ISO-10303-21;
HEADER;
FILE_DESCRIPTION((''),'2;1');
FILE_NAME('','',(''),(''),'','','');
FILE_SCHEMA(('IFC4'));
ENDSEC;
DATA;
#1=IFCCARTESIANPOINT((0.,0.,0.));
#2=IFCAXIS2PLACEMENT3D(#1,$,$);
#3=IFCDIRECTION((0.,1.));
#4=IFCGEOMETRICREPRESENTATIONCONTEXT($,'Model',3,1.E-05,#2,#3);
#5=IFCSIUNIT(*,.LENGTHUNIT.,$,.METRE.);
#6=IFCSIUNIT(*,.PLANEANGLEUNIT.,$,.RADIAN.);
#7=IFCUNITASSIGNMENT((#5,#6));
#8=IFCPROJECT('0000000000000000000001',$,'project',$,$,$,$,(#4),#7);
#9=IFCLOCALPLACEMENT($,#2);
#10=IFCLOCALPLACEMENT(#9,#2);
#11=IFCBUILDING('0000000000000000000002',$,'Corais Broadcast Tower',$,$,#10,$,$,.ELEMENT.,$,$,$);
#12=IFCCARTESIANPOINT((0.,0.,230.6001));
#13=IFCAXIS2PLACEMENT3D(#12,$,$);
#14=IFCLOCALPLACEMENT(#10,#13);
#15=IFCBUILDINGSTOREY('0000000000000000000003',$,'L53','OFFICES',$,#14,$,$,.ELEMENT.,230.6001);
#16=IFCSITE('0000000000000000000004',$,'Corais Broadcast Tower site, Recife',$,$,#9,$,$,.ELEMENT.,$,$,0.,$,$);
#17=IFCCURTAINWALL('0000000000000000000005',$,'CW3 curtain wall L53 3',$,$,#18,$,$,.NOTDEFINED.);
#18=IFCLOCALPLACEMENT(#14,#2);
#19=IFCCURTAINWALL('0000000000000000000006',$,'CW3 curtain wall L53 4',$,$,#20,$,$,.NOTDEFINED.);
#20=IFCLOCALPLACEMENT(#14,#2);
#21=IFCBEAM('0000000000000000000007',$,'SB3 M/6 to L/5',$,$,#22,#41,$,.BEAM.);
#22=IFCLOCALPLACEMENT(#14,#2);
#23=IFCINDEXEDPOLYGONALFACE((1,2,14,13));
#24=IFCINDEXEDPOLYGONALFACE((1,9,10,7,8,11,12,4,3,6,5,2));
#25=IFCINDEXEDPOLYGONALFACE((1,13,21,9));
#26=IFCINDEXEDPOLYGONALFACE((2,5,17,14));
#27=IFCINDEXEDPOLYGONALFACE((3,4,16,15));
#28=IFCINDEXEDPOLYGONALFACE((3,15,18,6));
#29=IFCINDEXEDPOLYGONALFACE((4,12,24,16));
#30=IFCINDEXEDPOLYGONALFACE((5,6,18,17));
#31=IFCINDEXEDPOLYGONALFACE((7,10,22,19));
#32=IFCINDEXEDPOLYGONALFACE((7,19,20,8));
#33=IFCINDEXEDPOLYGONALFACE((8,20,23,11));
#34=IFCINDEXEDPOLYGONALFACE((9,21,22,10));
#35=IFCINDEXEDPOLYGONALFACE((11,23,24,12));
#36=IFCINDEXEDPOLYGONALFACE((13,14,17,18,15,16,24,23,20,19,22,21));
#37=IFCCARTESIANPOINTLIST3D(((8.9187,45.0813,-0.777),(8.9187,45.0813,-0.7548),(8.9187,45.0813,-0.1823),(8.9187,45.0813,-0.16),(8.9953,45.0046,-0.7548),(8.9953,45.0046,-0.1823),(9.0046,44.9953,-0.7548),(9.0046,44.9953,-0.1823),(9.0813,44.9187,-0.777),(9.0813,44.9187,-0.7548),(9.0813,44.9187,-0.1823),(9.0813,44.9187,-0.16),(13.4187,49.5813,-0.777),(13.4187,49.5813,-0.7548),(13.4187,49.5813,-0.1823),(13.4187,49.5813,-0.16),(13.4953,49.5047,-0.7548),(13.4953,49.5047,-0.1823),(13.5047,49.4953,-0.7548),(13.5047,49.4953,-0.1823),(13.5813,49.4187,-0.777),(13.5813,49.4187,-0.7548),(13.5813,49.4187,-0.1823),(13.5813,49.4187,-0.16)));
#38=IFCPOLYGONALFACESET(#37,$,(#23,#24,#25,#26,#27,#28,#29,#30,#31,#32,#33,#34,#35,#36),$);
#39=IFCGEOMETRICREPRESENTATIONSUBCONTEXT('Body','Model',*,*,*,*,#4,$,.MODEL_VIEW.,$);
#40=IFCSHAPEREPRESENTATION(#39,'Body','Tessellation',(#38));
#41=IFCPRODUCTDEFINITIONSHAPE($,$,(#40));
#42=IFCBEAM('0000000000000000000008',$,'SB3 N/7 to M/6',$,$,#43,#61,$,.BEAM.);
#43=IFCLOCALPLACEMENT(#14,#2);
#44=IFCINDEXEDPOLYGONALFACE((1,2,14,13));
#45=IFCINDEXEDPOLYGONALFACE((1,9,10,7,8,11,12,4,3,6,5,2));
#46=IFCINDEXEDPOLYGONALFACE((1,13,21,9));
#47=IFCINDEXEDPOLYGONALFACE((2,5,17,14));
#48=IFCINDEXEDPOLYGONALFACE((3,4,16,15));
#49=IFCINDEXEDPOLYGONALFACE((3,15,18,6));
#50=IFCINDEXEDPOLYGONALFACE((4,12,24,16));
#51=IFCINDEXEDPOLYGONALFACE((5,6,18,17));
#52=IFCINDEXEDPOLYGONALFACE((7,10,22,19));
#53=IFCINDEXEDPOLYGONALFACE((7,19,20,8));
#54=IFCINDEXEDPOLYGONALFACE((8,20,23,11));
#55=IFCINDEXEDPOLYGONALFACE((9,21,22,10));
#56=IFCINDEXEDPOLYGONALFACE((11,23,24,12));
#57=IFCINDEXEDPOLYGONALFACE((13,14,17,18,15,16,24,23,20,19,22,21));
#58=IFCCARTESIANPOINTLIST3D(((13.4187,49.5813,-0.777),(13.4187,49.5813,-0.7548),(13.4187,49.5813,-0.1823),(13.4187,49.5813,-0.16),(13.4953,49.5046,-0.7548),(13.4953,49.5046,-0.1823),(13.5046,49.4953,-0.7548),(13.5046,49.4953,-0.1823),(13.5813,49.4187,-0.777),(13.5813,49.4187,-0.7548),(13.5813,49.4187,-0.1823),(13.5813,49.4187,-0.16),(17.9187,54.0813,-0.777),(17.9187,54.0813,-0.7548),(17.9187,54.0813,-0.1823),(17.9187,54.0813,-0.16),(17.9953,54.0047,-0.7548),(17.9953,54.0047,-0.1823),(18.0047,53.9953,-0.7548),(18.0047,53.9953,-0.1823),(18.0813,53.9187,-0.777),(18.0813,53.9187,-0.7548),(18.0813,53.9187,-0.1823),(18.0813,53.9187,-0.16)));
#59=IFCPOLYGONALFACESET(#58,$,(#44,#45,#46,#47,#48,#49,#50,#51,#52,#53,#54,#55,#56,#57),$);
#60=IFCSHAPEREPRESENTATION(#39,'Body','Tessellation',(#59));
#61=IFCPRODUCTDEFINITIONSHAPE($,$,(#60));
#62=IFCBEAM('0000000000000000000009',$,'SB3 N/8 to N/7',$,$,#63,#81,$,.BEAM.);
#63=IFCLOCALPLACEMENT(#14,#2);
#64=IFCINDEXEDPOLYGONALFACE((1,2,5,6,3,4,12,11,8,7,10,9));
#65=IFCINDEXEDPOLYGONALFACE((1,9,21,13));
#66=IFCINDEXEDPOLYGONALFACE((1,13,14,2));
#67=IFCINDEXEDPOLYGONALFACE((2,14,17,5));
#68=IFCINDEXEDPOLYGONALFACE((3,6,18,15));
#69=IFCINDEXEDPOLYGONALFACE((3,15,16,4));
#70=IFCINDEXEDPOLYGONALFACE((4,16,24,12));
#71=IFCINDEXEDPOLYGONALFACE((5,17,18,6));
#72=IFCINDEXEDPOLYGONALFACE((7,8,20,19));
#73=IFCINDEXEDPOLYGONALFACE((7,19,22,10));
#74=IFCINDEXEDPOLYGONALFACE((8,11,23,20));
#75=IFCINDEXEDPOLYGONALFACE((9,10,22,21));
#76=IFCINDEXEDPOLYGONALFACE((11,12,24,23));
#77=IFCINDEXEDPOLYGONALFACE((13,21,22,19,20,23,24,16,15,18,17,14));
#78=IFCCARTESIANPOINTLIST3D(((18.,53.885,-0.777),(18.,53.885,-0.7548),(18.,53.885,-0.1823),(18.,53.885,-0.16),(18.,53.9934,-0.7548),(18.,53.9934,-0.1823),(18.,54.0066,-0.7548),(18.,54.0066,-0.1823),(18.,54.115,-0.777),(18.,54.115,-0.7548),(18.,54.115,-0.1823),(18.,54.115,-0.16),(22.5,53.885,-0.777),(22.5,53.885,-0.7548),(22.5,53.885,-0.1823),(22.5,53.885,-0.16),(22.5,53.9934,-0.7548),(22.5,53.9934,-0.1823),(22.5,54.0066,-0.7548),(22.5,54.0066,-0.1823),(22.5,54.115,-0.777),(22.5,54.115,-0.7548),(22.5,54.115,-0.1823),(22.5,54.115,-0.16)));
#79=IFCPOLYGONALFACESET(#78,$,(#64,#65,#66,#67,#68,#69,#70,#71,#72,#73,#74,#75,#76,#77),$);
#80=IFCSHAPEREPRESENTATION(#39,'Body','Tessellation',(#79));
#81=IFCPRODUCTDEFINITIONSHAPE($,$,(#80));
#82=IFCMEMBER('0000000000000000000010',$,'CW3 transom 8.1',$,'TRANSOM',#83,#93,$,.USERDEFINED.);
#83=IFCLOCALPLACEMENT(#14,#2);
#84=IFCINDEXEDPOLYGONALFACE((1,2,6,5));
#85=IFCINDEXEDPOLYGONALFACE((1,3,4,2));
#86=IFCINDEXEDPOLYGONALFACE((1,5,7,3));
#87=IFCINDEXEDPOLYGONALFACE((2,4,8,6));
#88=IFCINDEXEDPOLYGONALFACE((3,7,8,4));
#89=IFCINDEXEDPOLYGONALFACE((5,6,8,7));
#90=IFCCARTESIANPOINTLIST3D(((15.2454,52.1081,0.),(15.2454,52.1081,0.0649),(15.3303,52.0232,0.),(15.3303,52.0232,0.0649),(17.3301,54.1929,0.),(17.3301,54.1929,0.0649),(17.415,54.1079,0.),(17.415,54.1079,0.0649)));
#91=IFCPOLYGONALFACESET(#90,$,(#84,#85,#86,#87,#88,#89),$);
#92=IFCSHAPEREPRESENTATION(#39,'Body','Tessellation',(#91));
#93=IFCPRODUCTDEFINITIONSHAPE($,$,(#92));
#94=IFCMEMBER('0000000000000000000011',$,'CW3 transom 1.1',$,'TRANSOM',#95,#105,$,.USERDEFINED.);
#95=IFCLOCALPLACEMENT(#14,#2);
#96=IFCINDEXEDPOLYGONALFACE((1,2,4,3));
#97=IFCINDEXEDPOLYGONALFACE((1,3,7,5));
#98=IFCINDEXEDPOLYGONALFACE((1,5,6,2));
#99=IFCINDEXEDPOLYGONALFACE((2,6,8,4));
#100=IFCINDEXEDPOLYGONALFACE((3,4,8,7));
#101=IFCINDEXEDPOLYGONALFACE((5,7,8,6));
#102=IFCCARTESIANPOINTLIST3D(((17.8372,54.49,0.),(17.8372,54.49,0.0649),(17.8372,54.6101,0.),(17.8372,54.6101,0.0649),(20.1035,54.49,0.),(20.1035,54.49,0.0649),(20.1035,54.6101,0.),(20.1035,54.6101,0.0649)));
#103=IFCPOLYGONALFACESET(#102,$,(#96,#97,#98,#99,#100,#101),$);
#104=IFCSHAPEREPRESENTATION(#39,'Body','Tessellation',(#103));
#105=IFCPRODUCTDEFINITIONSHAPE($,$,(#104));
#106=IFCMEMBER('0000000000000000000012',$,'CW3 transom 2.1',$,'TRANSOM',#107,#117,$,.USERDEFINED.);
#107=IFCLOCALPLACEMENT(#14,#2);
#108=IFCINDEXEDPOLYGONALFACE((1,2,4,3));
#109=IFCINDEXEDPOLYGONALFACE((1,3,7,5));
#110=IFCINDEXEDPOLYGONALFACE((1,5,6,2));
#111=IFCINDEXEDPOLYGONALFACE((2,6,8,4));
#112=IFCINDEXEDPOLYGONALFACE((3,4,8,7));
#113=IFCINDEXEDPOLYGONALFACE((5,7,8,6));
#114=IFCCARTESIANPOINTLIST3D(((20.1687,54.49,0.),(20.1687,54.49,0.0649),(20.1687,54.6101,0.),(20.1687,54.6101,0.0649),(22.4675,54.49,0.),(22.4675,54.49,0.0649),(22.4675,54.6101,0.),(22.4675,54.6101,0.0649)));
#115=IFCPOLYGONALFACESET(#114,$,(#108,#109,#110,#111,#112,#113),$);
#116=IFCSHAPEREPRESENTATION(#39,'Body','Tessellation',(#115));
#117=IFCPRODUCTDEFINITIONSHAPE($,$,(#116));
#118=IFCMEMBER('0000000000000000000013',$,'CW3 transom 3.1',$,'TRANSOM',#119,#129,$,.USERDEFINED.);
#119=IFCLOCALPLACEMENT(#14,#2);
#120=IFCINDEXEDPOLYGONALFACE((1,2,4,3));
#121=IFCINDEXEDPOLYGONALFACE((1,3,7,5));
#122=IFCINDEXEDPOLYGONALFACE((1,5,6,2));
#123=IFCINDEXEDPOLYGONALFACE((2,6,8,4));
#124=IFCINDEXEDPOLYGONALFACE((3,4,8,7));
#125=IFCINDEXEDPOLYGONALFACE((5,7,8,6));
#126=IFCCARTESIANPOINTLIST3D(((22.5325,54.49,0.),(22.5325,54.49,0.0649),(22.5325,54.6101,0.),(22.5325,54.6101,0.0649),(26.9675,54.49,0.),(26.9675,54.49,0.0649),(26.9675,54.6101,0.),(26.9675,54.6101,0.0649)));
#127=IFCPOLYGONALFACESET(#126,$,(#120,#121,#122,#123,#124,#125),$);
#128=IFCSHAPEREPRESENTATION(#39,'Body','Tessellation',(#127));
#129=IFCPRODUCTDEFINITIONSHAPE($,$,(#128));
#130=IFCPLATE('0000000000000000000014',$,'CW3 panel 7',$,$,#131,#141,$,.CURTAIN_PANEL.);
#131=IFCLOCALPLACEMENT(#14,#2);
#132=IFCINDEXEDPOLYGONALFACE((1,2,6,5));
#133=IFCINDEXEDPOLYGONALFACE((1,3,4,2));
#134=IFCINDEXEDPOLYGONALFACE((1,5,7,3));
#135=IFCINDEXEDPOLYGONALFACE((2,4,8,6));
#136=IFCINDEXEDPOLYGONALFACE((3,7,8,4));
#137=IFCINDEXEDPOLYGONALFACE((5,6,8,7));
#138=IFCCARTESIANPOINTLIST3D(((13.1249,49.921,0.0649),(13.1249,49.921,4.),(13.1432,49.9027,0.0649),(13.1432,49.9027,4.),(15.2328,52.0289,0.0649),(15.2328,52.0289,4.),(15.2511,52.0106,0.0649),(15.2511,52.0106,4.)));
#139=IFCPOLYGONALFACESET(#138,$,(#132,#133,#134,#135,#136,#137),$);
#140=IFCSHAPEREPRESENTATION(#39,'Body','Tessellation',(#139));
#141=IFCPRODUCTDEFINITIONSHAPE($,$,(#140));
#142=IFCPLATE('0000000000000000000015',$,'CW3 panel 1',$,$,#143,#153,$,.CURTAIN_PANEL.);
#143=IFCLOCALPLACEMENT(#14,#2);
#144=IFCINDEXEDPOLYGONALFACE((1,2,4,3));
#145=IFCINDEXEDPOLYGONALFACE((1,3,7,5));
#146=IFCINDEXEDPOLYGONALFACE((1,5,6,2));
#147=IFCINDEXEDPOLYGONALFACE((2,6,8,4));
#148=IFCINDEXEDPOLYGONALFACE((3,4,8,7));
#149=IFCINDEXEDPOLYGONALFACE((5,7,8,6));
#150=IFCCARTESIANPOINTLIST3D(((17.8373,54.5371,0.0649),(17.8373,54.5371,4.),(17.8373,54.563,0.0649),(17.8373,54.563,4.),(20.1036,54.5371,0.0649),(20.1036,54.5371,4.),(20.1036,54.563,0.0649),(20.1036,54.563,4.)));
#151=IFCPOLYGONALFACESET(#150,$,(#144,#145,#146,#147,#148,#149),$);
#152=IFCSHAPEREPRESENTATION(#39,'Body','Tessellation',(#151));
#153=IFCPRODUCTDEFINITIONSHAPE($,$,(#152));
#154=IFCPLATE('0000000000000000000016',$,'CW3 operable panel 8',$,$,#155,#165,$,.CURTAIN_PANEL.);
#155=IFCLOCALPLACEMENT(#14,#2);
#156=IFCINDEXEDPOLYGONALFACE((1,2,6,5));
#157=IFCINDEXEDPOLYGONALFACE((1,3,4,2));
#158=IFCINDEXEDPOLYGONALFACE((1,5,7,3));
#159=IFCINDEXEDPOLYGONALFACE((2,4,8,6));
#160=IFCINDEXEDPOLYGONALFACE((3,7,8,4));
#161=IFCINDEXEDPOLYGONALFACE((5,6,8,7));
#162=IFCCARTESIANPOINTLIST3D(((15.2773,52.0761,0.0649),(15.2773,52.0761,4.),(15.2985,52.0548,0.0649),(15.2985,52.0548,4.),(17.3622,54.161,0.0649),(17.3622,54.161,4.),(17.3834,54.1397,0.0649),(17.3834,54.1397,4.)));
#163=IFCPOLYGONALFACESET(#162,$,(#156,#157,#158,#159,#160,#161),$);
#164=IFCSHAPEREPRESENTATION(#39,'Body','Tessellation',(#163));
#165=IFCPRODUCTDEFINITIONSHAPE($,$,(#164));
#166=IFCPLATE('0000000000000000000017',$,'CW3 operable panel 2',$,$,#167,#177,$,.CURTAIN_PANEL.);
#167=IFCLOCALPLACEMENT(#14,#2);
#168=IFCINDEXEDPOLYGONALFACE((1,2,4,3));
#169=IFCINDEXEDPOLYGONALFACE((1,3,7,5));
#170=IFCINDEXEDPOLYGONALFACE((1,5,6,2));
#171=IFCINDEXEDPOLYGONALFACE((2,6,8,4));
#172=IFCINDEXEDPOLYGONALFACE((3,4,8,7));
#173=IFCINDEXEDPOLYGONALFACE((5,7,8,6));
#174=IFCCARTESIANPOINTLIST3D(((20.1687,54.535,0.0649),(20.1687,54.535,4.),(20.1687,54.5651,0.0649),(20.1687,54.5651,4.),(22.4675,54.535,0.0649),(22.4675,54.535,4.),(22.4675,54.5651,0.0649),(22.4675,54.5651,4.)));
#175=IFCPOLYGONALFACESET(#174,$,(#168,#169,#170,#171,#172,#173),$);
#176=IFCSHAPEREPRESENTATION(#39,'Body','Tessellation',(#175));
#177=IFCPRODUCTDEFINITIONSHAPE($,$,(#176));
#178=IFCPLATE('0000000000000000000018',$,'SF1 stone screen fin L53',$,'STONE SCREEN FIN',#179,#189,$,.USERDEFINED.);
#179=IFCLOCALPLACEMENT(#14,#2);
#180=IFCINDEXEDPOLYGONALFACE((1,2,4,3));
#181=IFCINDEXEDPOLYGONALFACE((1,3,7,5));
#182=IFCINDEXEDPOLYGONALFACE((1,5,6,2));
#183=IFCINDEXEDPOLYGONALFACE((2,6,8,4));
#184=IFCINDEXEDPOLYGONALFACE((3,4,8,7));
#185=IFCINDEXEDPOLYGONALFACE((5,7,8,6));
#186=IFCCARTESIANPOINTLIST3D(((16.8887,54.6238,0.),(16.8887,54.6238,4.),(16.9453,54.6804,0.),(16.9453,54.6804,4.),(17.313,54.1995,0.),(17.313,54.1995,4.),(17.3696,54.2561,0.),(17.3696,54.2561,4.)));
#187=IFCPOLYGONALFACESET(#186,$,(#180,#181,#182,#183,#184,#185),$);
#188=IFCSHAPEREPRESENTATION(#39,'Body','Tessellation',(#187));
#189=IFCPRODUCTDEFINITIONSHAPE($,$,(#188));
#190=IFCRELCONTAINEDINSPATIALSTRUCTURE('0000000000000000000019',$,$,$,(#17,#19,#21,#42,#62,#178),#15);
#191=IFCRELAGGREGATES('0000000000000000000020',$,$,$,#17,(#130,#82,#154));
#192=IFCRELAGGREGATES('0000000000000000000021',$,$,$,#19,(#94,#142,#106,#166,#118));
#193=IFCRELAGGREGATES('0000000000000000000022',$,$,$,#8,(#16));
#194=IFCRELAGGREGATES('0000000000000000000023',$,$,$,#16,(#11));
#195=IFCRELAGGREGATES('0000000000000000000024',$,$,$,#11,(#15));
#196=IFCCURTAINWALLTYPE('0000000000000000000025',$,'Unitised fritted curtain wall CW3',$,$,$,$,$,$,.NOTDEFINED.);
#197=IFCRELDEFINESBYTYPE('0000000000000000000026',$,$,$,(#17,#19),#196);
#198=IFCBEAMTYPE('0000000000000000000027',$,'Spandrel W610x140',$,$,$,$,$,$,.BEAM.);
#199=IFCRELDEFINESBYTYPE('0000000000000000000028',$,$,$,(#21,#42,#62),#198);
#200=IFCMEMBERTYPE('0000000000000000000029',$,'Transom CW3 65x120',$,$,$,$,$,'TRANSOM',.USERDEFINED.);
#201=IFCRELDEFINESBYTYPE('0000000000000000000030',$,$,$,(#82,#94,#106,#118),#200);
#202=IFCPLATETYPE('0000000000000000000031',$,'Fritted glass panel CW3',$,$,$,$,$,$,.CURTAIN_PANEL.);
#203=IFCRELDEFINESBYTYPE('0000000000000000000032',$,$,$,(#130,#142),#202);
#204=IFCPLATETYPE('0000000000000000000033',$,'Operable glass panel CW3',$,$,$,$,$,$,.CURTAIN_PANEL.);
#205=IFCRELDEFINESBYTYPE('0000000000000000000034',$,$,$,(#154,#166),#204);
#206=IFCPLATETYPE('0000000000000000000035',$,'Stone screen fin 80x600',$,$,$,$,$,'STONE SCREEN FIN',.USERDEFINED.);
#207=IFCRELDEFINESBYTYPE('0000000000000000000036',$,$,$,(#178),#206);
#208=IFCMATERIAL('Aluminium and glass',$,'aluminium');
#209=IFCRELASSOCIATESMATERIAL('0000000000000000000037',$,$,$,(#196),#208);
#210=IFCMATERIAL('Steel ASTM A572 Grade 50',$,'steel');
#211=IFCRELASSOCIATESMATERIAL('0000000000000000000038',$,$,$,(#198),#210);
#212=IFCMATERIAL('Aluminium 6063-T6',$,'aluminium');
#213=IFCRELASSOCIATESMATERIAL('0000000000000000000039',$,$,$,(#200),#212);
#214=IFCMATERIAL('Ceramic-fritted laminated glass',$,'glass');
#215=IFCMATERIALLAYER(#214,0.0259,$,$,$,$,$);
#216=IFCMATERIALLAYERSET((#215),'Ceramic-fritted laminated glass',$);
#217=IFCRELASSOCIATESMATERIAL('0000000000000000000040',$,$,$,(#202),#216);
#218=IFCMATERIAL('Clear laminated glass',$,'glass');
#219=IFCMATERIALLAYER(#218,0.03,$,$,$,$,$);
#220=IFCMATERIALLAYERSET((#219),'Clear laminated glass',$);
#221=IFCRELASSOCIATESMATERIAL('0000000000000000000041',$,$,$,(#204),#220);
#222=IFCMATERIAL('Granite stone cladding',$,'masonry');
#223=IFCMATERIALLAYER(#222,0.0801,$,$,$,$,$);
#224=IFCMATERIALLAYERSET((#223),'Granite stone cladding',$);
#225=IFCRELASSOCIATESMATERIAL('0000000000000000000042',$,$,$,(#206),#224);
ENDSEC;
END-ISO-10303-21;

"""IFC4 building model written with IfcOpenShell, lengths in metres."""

from ifc_helpers import new_model, si_unit, direction, frame, origin, origin_2d, place, context, subcontext, project, spatial, rectangle, i_section, extrude, material, layer, layer_set, material_profile, profile_set, type_object, element, aggregate, save


model = new_model("IFC4")

# Units and contexts
model_context = context("Model", 3, precision=1e-05, world=origin(), true_north=direction((0.0, 1.0)))
body_context = subcontext(model_context, "Body", "Model", "MODEL_VIEW")
ifc_project = project(units=[si_unit("LENGTHUNIT", "METRE"), si_unit("PLANEANGLEUNIT", "RADIAN")], contexts=[model_context])

# Site, building, storey
site_placement = place(None, origin())
site = spatial("IfcSite", under=ifc_project, at=site_placement, Name="Corais Broadcast Tower site, Recife", CompositionType="ELEMENT", RefElevation=0.0)
building_placement = place(site_placement, origin())
building = spatial("IfcBuilding", under=site, at=building_placement, Name="Corais Broadcast Tower", CompositionType="ELEMENT")
storey_placement = place(building_placement, frame((0.0, 0.0, 230.6001)))
storey = spatial("IfcBuildingStorey", under=building, at=storey_placement, Name="L53", Description="OFFICES", CompositionType="ELEMENT", Elevation=230.6001)

# Curtain walls
ifc_material_1 = material(Name="Aluminium and glass", Category="aluminium")
curtain_wall_type = type_object("IfcCurtainWallType", Name="Unitised fritted curtain wall CW3", PredefinedType="NOTDEFINED", material=ifc_material_1)
curtain_wall_1_placement = place(storey_placement, origin())
curtain_wall_1 = element("IfcCurtainWall", 1, at=curtain_wall_1_placement, inside=storey, type_object=curtain_wall_type, Name="CW3 curtain wall L53 3", PredefinedType="NOTDEFINED")
curtain_wall_2_placement = place(storey_placement, origin())
curtain_wall_2 = element("IfcCurtainWall", 2, at=curtain_wall_2_placement, inside=storey, type_object=curtain_wall_type, Name="CW3 curtain wall L53 4", PredefinedType="NOTDEFINED")

# Beams
ifc_material_2 = material(Name="Steel ASTM A572 Grade 50", Category="steel")
ifc_material_profile_1 = material_profile(ifc_material_2, i_section(OverallWidth=0.23, OverallDepth=0.6169, WebThickness=0.0132, FlangeThickness=0.0222, at=origin_2d()), Name="W610x140")
ifc_profile_set_1 = profile_set([ifc_material_profile_1], Name="Steel ASTM A572 Grade 50")
beam_type_1 = type_object("IfcBeamType", Name="Spandrel W610x140", PredefinedType="BEAM", material=ifc_profile_set_1)
for number, where, z_axis, x_axis, name in (
    (3, (13.5, 49.5, -0.4685), (-0.707107, -0.707107, 0.0), (0.707107, -0.707107, 0.0), "SB3 M/6 to L/5"),
    (4, (18.0, 54.0, -0.4685), (-0.707107, -0.707107, 0.0), (0.707107, -0.707107, 0.0), "SB3 N/7 to M/6"),
):
    element("IfcBeam", number, at=place(storey_placement, frame(where, z_axis=z_axis, x_axis=x_axis)), inside=storey, type_object=beam_type_1, Name=name, PredefinedType="BEAM", context=body_context, shape_type="SweptSolid", body=[
        extrude(i_section(OverallWidth=0.23, OverallDepth=0.6169, WebThickness=0.0132, FlangeThickness=0.0222, at=origin_2d()), origin(), (0.0, 0.0, 1.0), 6.364),
    ])
beam_1_placement = place(storey_placement, frame((22.5, 54.0, -0.4685), z_axis=(-1.0, 0.0, 0.0), x_axis=(0.0, -1.0, 0.0)))
element("IfcBeam", 5, at=beam_1_placement, inside=storey, type_object=beam_type_1, Name="SB3 N/8 to N/7", PredefinedType="BEAM", context=body_context, shape_type="SweptSolid", body=[
    extrude(i_section(OverallWidth=0.23, OverallDepth=0.6169, WebThickness=0.0132, FlangeThickness=0.0222, at=origin_2d()), origin(), (0.0, 0.0, 1.0), 4.5),
])

# Members
ifc_material_3 = material(Name="Aluminium 6063-T6", Category="aluminium")
ifc_material_profile_2 = material_profile(ifc_material_3, rectangle(XDim=0.1201, YDim=0.0649, at=origin_2d()), Name="Transom CW3 65x120")
ifc_profile_set_2 = profile_set([ifc_material_profile_2], Name="Aluminium 6063-T6")
member_type_1 = type_object("IfcMemberType", Name="Transom CW3 65x120", ElementType="TRANSOM", PredefinedType="USERDEFINED", material=ifc_profile_set_2)
member_1_placement = place(storey_placement, frame((15.2878, 52.0657, 0.0325), z_axis=(0.707107, 0.707107, 0.0), x_axis=(-0.707107, 0.707107, 0.0)))
member_1 = element("IfcMember", 6, at=member_1_placement, type_object=member_type_1, Name="CW3 transom 8.1", ObjectType="TRANSOM", PredefinedType="USERDEFINED", context=body_context, shape_type="SweptSolid", body=[
    extrude(rectangle(XDim=0.1201, YDim=0.0649, at=origin_2d()), origin(), (0.0, 0.0, 1.0), 2.9482),
])
member_2_placement = place(storey_placement, frame((17.8372, 54.55, 0.0325), z_axis=(1.0, 0.0, 0.0), x_axis=(0.0, 1.0, 0.0)))
member_2 = element("IfcMember", 7, at=member_2_placement, type_object=member_type_1, Name="CW3 transom 1.1", ObjectType="TRANSOM", PredefinedType="USERDEFINED", context=body_context, shape_type="SweptSolid", body=[
    extrude(rectangle(XDim=0.1201, YDim=0.0649, at=origin_2d()), origin(), (0.0, 0.0, 1.0), 2.2664),
])
member_3_placement = place(storey_placement, frame((20.1687, 54.55, 0.0325), z_axis=(1.0, 0.0, 0.0), x_axis=(0.0, 1.0, 0.0)))
member_3 = element("IfcMember", 8, at=member_3_placement, type_object=member_type_1, Name="CW3 transom 2.1", ObjectType="TRANSOM", PredefinedType="USERDEFINED", context=body_context, shape_type="SweptSolid", body=[
    extrude(rectangle(XDim=0.1201, YDim=0.0649, at=origin_2d()), origin(), (0.0, 0.0, 1.0), 2.2988),
])
member_4_placement = place(storey_placement, frame((22.5325, 54.55, 0.0325), z_axis=(1.0, 0.0, 0.0), x_axis=(0.0, 1.0, 0.0)))
member_4 = element("IfcMember", 9, at=member_4_placement, type_object=member_type_1, Name="CW3 transom 3.1", ObjectType="TRANSOM", PredefinedType="USERDEFINED", context=body_context, shape_type="SweptSolid", body=[
    extrude(rectangle(XDim=0.1201, YDim=0.0649, at=origin_2d()), origin(), (0.0, 0.0, 1.0), 4.4351),
])

# Plates
ifc_material_4 = material(Name="Ceramic-fritted laminated glass", Category="glass")
ifc_layer_1 = layer(ifc_material_4, 0.0259)
ifc_layer_set_1 = layer_set([ifc_layer_1], Name="Ceramic-fritted laminated glass")
plate_type_1 = type_object("IfcPlateType", Name="Fritted glass panel CW3", PredefinedType="CURTAIN_PANEL", material=ifc_layer_set_1)
plate_1_placement = place(storey_placement, frame((14.188, 50.9658, 0.0649), z_axis=(0.0, 0.0, 1.0), x_axis=(0.707107, 0.707107, 0.0)))
plate_1 = element("IfcPlate", 10, at=plate_1_placement, type_object=plate_type_1, Name="CW3 panel 7", PredefinedType="CURTAIN_PANEL", context=body_context, shape_type="SweptSolid", body=[
    extrude(rectangle(XDim=2.981, YDim=0.0259, at=origin_2d()), origin(), (0.0, 0.0, 1.0), 3.9351),
])
plate_2_placement = place(storey_placement, frame((18.9705, 54.55, 0.0649), z_axis=(0.0, 0.0, 1.0), x_axis=(1.0, 0.0, 0.0)))
plate_2 = element("IfcPlate", 11, at=plate_2_placement, type_object=plate_type_1, Name="CW3 panel 1", PredefinedType="CURTAIN_PANEL", context=body_context, shape_type="SweptSolid", body=[
    extrude(rectangle(XDim=2.2664, YDim=0.0259, at=origin_2d()), origin(), (0.0, 0.0, 1.0), 3.9351),
])
ifc_material_5 = material(Name="Clear laminated glass", Category="glass")
ifc_layer_2 = layer(ifc_material_5, 0.03)
ifc_layer_set_2 = layer_set([ifc_layer_2], Name="Clear laminated glass")
plate_type_2 = type_object("IfcPlateType", Name="Operable glass panel CW3", PredefinedType="CURTAIN_PANEL", material=ifc_layer_set_2)
plate_3_placement = place(storey_placement, frame((16.3303, 53.1079, 0.0649), z_axis=(0.0, 0.0, 1.0), x_axis=(0.707107, 0.707107, 0.0)))
plate_3 = element("IfcPlate", 12, at=plate_3_placement, type_object=plate_type_2, Name="CW3 operable panel 8", PredefinedType="CURTAIN_PANEL", context=body_context, shape_type="SweptSolid", body=[
    extrude(rectangle(XDim=2.9485, YDim=0.03, at=origin_2d()), origin(), (0.0, 0.0, 1.0), 3.9351),
])
aggregate(curtain_wall_1, [plate_1, member_1, plate_3])
plate_4_placement = place(storey_placement, frame((21.3181, 54.55, 0.0649), z_axis=(0.0, 0.0, 1.0), x_axis=(1.0, 0.0, 0.0)))
plate_4 = element("IfcPlate", 13, at=plate_4_placement, type_object=plate_type_2, Name="CW3 operable panel 2", PredefinedType="CURTAIN_PANEL", context=body_context, shape_type="SweptSolid", body=[
    extrude(rectangle(XDim=2.2988, YDim=0.03, at=origin_2d()), origin(), (0.0, 0.0, 1.0), 3.9351),
])
aggregate(curtain_wall_2, [member_2, plate_2, member_3, plate_4, member_4])
ifc_material_6 = material(Name="Granite stone cladding", Category="masonry")
ifc_layer_3 = layer(ifc_material_6, 0.0801)
ifc_layer_set_3 = layer_set([ifc_layer_3], Name="Granite stone cladding")
plate_type_3 = type_object("IfcPlateType", Name="Stone screen fin 80x600", ElementType="STONE SCREEN FIN", PredefinedType="USERDEFINED", material=ifc_layer_set_3)
plate_5_placement = place(storey_placement, frame((17.1292, 54.4399, 0.0), z_axis=(0.0, 0.0, 1.0), x_axis=(0.707107, 0.707107, 0.0)))
element("IfcPlate", 14, at=plate_5_placement, inside=storey, type_object=plate_type_3, Name="SF1 stone screen fin L53", ObjectType="STONE SCREEN FIN", PredefinedType="USERDEFINED", context=body_context, shape_type="SweptSolid", body=[
    extrude(rectangle(XDim=0.0801, YDim=0.6001, at=origin_2d()), origin(), (0.0, 0.0, 1.0), 4.0),
])

save(model, "model.ifc")
